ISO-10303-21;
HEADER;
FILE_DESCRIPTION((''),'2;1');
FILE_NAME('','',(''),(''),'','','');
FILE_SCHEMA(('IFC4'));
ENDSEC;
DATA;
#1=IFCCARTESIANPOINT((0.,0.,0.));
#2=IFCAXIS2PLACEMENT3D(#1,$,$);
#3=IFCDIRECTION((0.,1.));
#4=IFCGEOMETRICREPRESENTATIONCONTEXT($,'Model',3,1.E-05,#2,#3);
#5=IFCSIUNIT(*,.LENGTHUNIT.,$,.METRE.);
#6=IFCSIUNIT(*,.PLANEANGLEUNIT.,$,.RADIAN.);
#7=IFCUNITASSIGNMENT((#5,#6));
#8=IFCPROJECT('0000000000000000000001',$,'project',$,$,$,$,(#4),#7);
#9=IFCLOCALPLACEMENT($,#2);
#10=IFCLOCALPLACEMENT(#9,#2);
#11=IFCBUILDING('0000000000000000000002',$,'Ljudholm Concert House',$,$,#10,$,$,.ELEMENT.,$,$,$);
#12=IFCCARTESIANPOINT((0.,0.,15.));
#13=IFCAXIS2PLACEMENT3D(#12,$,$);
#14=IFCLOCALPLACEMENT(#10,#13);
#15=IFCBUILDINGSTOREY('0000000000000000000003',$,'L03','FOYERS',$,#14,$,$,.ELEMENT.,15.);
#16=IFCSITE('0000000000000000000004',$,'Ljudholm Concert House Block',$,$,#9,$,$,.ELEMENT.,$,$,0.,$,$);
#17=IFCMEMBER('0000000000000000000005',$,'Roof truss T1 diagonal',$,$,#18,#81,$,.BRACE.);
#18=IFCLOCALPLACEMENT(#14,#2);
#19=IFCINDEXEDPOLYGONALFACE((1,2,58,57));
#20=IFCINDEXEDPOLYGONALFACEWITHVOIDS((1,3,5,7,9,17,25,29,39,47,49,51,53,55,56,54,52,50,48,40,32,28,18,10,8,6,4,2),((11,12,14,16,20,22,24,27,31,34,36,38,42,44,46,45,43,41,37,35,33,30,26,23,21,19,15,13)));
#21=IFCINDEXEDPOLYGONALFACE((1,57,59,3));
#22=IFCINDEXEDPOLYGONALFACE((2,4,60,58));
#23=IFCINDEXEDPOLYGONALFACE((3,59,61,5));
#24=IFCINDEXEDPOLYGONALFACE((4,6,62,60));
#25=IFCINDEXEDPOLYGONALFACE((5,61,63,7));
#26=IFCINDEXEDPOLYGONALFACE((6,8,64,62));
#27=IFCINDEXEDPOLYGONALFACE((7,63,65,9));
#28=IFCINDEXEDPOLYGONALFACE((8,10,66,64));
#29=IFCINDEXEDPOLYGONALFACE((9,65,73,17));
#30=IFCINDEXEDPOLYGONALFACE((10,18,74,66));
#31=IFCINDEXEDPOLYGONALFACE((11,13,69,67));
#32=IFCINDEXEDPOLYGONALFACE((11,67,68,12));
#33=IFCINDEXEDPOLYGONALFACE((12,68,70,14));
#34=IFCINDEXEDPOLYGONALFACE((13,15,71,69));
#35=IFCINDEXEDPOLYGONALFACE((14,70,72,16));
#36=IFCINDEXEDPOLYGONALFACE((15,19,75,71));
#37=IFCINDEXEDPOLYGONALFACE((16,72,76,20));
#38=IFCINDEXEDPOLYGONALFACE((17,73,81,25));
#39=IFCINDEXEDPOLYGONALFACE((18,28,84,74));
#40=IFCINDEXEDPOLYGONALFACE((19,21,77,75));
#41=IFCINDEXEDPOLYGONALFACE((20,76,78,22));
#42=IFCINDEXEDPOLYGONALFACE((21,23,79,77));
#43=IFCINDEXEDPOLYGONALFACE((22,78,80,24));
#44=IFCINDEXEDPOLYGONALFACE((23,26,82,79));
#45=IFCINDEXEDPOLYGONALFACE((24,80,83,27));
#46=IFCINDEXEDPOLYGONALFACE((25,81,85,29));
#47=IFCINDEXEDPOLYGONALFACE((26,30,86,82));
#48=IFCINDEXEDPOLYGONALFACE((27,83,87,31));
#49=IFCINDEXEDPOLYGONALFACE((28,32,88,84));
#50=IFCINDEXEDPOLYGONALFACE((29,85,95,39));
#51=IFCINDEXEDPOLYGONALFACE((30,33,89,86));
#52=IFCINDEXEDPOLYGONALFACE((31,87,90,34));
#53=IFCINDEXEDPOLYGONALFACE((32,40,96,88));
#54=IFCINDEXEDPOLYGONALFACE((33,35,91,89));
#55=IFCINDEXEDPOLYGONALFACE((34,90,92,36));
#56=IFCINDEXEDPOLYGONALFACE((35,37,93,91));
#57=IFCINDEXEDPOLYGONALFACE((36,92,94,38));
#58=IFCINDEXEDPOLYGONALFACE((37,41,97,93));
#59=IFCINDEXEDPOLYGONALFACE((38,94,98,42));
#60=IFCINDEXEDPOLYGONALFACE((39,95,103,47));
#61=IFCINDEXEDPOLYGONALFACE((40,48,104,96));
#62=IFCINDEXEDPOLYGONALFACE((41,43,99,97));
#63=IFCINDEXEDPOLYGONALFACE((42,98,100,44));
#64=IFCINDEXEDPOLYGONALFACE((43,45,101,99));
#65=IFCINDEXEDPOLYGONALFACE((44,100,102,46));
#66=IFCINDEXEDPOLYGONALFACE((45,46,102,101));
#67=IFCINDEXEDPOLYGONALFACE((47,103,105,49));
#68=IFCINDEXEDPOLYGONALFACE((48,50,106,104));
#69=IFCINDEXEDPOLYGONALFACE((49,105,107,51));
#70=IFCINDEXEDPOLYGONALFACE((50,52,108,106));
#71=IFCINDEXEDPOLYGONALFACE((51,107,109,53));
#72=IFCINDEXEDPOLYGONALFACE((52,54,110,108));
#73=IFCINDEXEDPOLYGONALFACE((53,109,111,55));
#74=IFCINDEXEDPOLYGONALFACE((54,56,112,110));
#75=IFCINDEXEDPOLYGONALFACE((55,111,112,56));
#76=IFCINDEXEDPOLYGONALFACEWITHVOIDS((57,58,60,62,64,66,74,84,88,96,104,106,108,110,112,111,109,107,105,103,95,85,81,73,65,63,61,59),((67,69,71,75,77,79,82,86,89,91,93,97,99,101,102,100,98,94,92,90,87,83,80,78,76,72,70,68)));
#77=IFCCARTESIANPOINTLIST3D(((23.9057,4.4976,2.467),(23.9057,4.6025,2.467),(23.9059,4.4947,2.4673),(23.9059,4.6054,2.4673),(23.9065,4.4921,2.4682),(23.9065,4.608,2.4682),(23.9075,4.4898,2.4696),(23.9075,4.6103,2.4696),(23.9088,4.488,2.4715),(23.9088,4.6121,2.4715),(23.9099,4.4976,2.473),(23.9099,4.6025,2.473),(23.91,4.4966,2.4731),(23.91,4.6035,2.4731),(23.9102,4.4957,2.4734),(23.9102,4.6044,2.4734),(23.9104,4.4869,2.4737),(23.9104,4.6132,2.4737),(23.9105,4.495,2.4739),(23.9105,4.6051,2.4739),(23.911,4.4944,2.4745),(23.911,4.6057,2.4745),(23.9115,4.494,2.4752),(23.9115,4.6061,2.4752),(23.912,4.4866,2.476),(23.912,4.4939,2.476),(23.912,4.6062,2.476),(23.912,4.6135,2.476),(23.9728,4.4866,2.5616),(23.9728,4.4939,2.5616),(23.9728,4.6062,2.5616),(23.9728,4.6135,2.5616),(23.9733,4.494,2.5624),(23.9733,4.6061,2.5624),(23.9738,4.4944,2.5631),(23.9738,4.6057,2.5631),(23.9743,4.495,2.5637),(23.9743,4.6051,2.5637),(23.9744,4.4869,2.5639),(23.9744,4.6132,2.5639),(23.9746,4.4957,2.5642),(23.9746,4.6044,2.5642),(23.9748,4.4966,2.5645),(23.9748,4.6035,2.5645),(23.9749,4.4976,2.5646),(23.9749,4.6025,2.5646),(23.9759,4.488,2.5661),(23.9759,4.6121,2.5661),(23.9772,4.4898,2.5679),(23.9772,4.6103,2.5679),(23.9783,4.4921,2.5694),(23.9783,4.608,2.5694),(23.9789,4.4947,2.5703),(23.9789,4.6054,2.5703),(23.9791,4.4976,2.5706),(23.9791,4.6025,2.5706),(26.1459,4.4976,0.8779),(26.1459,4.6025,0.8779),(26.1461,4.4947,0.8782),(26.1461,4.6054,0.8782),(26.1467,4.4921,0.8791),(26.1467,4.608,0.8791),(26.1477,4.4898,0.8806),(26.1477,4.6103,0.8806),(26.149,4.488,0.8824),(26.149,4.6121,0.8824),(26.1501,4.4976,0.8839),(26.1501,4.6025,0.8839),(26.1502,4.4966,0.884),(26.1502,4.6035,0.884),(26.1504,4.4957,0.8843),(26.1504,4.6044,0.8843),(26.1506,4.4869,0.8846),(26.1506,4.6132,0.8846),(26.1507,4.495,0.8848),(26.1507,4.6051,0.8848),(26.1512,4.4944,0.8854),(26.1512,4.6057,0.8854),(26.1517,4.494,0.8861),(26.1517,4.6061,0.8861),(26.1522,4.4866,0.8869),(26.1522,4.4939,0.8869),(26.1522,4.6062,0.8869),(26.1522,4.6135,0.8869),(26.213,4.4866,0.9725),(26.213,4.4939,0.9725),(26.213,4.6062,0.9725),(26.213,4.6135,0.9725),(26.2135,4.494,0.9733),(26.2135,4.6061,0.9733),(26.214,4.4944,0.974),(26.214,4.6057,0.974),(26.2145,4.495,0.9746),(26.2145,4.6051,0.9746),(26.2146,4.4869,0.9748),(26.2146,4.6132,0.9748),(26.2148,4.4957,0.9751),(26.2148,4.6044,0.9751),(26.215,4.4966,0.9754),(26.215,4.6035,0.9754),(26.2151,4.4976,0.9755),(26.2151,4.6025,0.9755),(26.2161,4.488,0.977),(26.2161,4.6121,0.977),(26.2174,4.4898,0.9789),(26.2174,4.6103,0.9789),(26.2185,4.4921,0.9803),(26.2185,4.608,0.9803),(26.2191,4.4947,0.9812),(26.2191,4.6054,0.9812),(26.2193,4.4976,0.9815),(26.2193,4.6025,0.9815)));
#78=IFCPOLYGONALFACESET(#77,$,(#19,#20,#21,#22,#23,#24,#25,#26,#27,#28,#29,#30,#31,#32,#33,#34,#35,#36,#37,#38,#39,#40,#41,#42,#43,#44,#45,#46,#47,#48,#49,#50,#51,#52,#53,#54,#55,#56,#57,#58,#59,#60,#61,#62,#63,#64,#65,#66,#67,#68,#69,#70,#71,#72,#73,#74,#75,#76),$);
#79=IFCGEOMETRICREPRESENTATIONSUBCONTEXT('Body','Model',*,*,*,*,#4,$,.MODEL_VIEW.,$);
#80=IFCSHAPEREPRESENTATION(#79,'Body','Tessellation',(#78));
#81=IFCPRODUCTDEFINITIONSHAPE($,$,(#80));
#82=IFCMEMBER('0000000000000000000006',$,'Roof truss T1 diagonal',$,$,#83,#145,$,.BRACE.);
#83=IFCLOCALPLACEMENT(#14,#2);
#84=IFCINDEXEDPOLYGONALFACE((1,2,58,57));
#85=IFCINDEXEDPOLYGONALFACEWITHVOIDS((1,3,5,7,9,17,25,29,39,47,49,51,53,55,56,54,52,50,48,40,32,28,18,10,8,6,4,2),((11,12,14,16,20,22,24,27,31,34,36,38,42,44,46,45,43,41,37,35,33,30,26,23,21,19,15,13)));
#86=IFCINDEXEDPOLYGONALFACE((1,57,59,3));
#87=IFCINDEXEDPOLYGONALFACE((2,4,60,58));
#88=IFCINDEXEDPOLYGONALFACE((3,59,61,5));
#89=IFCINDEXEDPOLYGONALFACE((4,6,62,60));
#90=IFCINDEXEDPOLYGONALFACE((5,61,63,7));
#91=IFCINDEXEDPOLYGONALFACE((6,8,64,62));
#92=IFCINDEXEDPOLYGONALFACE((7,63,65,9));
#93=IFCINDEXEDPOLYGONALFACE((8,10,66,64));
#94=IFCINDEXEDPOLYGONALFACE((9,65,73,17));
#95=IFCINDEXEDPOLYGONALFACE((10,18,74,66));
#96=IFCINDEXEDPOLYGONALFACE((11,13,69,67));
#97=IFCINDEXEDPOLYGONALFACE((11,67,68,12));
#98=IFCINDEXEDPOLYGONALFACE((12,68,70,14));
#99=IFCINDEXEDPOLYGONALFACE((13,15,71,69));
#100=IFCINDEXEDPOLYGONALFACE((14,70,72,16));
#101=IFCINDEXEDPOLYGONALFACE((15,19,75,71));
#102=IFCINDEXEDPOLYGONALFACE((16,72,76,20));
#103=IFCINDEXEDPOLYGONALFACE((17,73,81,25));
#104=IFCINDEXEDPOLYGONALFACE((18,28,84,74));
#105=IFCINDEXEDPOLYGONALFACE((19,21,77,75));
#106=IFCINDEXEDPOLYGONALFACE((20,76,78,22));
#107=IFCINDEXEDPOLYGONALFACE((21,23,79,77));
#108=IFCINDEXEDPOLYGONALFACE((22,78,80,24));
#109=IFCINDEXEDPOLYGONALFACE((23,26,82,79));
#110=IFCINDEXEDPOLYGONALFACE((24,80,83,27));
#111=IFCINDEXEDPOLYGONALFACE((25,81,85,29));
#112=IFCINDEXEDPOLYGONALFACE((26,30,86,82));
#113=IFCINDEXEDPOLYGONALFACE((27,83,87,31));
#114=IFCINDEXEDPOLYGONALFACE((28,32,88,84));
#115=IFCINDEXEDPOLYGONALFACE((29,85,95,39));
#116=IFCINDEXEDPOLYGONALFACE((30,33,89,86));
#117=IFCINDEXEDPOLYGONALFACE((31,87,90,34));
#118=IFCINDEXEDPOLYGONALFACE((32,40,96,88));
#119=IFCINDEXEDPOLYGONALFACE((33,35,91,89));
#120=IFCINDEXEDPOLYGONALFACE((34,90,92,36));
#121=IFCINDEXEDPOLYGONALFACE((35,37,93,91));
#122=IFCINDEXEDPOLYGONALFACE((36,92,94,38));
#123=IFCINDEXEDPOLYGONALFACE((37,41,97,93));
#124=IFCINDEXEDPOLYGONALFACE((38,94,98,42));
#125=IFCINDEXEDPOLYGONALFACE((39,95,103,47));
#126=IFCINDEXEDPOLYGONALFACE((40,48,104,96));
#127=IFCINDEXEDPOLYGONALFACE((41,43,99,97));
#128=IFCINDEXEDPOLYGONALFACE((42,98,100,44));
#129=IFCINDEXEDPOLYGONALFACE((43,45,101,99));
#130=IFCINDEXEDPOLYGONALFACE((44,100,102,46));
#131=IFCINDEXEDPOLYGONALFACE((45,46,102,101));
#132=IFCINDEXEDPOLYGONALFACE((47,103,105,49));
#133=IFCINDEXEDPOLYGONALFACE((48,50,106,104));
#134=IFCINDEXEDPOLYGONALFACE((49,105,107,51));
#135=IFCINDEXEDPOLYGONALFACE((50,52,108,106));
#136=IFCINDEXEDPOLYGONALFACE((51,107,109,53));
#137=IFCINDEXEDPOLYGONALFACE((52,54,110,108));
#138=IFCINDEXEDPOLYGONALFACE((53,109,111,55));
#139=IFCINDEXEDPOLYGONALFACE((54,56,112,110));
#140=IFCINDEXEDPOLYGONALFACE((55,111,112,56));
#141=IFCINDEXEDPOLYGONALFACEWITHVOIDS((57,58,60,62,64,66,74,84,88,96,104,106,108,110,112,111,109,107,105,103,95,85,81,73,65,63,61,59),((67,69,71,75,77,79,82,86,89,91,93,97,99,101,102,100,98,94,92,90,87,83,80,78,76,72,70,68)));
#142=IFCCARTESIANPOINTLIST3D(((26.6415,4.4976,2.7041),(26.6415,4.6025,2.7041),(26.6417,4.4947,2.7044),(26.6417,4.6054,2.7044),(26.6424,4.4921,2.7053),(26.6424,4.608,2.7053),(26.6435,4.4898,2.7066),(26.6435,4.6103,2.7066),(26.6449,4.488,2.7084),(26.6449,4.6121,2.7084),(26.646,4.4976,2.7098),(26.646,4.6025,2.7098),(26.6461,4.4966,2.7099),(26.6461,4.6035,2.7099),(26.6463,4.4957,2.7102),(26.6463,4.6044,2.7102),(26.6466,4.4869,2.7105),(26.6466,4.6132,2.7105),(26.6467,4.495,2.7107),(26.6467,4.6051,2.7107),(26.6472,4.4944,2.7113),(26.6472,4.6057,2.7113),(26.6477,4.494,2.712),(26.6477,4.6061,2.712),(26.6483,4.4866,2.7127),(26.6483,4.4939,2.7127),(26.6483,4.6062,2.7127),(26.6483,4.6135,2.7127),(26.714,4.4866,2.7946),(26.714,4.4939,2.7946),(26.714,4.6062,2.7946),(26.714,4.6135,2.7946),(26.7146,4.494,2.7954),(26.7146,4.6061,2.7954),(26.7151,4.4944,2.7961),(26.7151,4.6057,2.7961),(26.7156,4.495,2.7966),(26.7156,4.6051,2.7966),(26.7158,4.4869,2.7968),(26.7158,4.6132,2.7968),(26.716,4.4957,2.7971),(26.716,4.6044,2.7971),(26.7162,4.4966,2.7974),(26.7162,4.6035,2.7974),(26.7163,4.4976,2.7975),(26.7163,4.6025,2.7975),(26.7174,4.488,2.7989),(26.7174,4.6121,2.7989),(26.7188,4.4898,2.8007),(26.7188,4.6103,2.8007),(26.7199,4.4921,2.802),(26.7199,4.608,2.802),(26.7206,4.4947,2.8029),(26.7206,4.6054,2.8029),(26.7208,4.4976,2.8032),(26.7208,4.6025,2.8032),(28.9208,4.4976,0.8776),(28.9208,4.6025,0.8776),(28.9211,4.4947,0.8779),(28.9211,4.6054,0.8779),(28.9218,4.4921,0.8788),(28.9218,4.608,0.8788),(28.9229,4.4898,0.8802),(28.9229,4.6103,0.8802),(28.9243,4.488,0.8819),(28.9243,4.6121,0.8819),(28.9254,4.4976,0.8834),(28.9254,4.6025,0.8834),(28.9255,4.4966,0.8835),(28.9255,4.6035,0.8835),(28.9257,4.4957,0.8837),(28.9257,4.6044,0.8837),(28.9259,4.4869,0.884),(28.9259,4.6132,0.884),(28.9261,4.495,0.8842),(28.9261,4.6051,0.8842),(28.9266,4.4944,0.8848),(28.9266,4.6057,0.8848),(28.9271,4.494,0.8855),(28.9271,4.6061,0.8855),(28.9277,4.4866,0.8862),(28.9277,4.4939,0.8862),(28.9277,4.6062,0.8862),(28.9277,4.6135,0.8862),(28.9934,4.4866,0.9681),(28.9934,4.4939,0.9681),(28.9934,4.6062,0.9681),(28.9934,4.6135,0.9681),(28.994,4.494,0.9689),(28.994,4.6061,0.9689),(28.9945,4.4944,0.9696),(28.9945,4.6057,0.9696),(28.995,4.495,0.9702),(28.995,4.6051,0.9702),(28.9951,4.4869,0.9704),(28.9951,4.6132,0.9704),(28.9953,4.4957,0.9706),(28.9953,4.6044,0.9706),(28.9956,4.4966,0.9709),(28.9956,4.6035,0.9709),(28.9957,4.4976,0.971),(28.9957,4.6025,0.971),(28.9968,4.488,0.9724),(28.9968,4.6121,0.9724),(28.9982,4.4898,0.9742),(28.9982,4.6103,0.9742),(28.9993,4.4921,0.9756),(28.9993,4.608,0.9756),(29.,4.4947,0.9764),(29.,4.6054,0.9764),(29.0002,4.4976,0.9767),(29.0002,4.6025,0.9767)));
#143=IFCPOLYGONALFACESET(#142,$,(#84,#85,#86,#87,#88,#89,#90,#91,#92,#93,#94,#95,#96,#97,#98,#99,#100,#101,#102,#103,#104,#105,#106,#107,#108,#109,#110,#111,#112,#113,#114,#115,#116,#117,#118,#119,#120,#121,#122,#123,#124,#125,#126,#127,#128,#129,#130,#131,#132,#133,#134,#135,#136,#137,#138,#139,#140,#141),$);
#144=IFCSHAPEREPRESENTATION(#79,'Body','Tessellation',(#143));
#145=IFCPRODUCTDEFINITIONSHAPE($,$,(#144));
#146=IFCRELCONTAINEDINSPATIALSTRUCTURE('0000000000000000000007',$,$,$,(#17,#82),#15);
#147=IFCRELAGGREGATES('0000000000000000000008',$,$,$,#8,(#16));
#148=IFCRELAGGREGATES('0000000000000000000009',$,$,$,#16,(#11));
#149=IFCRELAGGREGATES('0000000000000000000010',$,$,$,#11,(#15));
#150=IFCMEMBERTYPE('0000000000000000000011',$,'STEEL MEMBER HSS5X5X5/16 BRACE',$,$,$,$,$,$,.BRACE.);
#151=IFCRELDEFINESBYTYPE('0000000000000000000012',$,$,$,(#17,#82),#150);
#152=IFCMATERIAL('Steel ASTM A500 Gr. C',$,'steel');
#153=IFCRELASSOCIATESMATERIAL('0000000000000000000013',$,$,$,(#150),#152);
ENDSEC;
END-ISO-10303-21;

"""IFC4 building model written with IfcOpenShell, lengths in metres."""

from ifc_helpers import new_model, si_unit, direction, frame, origin, origin_2d, place, context, subcontext, project, spatial, hollow_rectangle, extrude, material, material_profile, profile_set, type_object, element, save


model = new_model("IFC4")

# Units and contexts
model_context = context("Model", 3, precision=1e-05, world=origin(), true_north=direction((0.0, 1.0)))
body_context = subcontext(model_context, "Body", "Model", "MODEL_VIEW")
ifc_project = project(units=[si_unit("LENGTHUNIT", "METRE"), si_unit("PLANEANGLEUNIT", "RADIAN")], contexts=[model_context])

# Site, building, storey
site_placement = place(None, origin())
site = spatial("IfcSite", under=ifc_project, at=site_placement, Name="Ljudholm Concert House Block", CompositionType="ELEMENT", RefElevation=0.0)
building_placement = place(site_placement, origin())
building = spatial("IfcBuilding", under=site, at=building_placement, Name="Ljudholm Concert House", CompositionType="ELEMENT")
storey_placement = place(building_placement, frame((0.0, 0.0, 15.0)))
storey = spatial("IfcBuildingStorey", under=building, at=storey_placement, Name="L03", Description="FOYERS", CompositionType="ELEMENT", Elevation=15.0)

# Members
ifc_material_1 = material(Name="Steel ASTM A500 Gr. C", Category="steel")
ifc_material_profile_1 = material_profile(ifc_material_1, hollow_rectangle(XDim=0.127, YDim=0.127, WallThickness=0.0073, InnerFilletRadius=0.0037, OuterFilletRadius=0.011, at=origin_2d()), Name="HSS5X5X5/16")
ifc_profile_set_1 = profile_set([ifc_material_profile_1], Name="Steel ASTM A500 Gr. C")
member_type_1 = type_object("IfcMemberType", Name="STEEL MEMBER HSS5X5X5/16 BRACE", PredefinedType="BRACE", material=ifc_profile_set_1)
member_1_placement = place(storey_placement, frame((23.9424, 4.55, 2.5188), z_axis=(0.815633, 0.0, -0.57857), x_axis=(0.0, 1.0, 0.0)))
element("IfcMember", 1, at=member_1_placement, inside=storey, type_object=member_type_1, Name="Roof truss T1 diagonal", PredefinedType="BRACE", context=body_context, shape_type="SweptSolid", body=[
    extrude(hollow_rectangle(XDim=0.127, YDim=0.127, WallThickness=0.0073, InnerFilletRadius=0.0037, OuterFilletRadius=0.011, at=origin_2d()), origin(), (0.0, 0.0, 1.0), 2.7466),
])
member_2_placement = place(storey_placement, frame((26.6812, 4.55, 2.7537), z_axis=(0.780371, 0.0, -0.625317), x_axis=(0.0, 1.0, 0.0)))
element("IfcMember", 2, at=member_2_placement, inside=storey, type_object=member_type_1, Name="Roof truss T1 diagonal", PredefinedType="BRACE", context=body_context, shape_type="SweptSolid", body=[
    extrude(hollow_rectangle(XDim=0.127, YDim=0.127, WallThickness=0.0073, InnerFilletRadius=0.0037, OuterFilletRadius=0.011, at=origin_2d()), origin(), (0.0, 0.0, 1.0), 2.9209),
])

save(model, "model.ifc")
